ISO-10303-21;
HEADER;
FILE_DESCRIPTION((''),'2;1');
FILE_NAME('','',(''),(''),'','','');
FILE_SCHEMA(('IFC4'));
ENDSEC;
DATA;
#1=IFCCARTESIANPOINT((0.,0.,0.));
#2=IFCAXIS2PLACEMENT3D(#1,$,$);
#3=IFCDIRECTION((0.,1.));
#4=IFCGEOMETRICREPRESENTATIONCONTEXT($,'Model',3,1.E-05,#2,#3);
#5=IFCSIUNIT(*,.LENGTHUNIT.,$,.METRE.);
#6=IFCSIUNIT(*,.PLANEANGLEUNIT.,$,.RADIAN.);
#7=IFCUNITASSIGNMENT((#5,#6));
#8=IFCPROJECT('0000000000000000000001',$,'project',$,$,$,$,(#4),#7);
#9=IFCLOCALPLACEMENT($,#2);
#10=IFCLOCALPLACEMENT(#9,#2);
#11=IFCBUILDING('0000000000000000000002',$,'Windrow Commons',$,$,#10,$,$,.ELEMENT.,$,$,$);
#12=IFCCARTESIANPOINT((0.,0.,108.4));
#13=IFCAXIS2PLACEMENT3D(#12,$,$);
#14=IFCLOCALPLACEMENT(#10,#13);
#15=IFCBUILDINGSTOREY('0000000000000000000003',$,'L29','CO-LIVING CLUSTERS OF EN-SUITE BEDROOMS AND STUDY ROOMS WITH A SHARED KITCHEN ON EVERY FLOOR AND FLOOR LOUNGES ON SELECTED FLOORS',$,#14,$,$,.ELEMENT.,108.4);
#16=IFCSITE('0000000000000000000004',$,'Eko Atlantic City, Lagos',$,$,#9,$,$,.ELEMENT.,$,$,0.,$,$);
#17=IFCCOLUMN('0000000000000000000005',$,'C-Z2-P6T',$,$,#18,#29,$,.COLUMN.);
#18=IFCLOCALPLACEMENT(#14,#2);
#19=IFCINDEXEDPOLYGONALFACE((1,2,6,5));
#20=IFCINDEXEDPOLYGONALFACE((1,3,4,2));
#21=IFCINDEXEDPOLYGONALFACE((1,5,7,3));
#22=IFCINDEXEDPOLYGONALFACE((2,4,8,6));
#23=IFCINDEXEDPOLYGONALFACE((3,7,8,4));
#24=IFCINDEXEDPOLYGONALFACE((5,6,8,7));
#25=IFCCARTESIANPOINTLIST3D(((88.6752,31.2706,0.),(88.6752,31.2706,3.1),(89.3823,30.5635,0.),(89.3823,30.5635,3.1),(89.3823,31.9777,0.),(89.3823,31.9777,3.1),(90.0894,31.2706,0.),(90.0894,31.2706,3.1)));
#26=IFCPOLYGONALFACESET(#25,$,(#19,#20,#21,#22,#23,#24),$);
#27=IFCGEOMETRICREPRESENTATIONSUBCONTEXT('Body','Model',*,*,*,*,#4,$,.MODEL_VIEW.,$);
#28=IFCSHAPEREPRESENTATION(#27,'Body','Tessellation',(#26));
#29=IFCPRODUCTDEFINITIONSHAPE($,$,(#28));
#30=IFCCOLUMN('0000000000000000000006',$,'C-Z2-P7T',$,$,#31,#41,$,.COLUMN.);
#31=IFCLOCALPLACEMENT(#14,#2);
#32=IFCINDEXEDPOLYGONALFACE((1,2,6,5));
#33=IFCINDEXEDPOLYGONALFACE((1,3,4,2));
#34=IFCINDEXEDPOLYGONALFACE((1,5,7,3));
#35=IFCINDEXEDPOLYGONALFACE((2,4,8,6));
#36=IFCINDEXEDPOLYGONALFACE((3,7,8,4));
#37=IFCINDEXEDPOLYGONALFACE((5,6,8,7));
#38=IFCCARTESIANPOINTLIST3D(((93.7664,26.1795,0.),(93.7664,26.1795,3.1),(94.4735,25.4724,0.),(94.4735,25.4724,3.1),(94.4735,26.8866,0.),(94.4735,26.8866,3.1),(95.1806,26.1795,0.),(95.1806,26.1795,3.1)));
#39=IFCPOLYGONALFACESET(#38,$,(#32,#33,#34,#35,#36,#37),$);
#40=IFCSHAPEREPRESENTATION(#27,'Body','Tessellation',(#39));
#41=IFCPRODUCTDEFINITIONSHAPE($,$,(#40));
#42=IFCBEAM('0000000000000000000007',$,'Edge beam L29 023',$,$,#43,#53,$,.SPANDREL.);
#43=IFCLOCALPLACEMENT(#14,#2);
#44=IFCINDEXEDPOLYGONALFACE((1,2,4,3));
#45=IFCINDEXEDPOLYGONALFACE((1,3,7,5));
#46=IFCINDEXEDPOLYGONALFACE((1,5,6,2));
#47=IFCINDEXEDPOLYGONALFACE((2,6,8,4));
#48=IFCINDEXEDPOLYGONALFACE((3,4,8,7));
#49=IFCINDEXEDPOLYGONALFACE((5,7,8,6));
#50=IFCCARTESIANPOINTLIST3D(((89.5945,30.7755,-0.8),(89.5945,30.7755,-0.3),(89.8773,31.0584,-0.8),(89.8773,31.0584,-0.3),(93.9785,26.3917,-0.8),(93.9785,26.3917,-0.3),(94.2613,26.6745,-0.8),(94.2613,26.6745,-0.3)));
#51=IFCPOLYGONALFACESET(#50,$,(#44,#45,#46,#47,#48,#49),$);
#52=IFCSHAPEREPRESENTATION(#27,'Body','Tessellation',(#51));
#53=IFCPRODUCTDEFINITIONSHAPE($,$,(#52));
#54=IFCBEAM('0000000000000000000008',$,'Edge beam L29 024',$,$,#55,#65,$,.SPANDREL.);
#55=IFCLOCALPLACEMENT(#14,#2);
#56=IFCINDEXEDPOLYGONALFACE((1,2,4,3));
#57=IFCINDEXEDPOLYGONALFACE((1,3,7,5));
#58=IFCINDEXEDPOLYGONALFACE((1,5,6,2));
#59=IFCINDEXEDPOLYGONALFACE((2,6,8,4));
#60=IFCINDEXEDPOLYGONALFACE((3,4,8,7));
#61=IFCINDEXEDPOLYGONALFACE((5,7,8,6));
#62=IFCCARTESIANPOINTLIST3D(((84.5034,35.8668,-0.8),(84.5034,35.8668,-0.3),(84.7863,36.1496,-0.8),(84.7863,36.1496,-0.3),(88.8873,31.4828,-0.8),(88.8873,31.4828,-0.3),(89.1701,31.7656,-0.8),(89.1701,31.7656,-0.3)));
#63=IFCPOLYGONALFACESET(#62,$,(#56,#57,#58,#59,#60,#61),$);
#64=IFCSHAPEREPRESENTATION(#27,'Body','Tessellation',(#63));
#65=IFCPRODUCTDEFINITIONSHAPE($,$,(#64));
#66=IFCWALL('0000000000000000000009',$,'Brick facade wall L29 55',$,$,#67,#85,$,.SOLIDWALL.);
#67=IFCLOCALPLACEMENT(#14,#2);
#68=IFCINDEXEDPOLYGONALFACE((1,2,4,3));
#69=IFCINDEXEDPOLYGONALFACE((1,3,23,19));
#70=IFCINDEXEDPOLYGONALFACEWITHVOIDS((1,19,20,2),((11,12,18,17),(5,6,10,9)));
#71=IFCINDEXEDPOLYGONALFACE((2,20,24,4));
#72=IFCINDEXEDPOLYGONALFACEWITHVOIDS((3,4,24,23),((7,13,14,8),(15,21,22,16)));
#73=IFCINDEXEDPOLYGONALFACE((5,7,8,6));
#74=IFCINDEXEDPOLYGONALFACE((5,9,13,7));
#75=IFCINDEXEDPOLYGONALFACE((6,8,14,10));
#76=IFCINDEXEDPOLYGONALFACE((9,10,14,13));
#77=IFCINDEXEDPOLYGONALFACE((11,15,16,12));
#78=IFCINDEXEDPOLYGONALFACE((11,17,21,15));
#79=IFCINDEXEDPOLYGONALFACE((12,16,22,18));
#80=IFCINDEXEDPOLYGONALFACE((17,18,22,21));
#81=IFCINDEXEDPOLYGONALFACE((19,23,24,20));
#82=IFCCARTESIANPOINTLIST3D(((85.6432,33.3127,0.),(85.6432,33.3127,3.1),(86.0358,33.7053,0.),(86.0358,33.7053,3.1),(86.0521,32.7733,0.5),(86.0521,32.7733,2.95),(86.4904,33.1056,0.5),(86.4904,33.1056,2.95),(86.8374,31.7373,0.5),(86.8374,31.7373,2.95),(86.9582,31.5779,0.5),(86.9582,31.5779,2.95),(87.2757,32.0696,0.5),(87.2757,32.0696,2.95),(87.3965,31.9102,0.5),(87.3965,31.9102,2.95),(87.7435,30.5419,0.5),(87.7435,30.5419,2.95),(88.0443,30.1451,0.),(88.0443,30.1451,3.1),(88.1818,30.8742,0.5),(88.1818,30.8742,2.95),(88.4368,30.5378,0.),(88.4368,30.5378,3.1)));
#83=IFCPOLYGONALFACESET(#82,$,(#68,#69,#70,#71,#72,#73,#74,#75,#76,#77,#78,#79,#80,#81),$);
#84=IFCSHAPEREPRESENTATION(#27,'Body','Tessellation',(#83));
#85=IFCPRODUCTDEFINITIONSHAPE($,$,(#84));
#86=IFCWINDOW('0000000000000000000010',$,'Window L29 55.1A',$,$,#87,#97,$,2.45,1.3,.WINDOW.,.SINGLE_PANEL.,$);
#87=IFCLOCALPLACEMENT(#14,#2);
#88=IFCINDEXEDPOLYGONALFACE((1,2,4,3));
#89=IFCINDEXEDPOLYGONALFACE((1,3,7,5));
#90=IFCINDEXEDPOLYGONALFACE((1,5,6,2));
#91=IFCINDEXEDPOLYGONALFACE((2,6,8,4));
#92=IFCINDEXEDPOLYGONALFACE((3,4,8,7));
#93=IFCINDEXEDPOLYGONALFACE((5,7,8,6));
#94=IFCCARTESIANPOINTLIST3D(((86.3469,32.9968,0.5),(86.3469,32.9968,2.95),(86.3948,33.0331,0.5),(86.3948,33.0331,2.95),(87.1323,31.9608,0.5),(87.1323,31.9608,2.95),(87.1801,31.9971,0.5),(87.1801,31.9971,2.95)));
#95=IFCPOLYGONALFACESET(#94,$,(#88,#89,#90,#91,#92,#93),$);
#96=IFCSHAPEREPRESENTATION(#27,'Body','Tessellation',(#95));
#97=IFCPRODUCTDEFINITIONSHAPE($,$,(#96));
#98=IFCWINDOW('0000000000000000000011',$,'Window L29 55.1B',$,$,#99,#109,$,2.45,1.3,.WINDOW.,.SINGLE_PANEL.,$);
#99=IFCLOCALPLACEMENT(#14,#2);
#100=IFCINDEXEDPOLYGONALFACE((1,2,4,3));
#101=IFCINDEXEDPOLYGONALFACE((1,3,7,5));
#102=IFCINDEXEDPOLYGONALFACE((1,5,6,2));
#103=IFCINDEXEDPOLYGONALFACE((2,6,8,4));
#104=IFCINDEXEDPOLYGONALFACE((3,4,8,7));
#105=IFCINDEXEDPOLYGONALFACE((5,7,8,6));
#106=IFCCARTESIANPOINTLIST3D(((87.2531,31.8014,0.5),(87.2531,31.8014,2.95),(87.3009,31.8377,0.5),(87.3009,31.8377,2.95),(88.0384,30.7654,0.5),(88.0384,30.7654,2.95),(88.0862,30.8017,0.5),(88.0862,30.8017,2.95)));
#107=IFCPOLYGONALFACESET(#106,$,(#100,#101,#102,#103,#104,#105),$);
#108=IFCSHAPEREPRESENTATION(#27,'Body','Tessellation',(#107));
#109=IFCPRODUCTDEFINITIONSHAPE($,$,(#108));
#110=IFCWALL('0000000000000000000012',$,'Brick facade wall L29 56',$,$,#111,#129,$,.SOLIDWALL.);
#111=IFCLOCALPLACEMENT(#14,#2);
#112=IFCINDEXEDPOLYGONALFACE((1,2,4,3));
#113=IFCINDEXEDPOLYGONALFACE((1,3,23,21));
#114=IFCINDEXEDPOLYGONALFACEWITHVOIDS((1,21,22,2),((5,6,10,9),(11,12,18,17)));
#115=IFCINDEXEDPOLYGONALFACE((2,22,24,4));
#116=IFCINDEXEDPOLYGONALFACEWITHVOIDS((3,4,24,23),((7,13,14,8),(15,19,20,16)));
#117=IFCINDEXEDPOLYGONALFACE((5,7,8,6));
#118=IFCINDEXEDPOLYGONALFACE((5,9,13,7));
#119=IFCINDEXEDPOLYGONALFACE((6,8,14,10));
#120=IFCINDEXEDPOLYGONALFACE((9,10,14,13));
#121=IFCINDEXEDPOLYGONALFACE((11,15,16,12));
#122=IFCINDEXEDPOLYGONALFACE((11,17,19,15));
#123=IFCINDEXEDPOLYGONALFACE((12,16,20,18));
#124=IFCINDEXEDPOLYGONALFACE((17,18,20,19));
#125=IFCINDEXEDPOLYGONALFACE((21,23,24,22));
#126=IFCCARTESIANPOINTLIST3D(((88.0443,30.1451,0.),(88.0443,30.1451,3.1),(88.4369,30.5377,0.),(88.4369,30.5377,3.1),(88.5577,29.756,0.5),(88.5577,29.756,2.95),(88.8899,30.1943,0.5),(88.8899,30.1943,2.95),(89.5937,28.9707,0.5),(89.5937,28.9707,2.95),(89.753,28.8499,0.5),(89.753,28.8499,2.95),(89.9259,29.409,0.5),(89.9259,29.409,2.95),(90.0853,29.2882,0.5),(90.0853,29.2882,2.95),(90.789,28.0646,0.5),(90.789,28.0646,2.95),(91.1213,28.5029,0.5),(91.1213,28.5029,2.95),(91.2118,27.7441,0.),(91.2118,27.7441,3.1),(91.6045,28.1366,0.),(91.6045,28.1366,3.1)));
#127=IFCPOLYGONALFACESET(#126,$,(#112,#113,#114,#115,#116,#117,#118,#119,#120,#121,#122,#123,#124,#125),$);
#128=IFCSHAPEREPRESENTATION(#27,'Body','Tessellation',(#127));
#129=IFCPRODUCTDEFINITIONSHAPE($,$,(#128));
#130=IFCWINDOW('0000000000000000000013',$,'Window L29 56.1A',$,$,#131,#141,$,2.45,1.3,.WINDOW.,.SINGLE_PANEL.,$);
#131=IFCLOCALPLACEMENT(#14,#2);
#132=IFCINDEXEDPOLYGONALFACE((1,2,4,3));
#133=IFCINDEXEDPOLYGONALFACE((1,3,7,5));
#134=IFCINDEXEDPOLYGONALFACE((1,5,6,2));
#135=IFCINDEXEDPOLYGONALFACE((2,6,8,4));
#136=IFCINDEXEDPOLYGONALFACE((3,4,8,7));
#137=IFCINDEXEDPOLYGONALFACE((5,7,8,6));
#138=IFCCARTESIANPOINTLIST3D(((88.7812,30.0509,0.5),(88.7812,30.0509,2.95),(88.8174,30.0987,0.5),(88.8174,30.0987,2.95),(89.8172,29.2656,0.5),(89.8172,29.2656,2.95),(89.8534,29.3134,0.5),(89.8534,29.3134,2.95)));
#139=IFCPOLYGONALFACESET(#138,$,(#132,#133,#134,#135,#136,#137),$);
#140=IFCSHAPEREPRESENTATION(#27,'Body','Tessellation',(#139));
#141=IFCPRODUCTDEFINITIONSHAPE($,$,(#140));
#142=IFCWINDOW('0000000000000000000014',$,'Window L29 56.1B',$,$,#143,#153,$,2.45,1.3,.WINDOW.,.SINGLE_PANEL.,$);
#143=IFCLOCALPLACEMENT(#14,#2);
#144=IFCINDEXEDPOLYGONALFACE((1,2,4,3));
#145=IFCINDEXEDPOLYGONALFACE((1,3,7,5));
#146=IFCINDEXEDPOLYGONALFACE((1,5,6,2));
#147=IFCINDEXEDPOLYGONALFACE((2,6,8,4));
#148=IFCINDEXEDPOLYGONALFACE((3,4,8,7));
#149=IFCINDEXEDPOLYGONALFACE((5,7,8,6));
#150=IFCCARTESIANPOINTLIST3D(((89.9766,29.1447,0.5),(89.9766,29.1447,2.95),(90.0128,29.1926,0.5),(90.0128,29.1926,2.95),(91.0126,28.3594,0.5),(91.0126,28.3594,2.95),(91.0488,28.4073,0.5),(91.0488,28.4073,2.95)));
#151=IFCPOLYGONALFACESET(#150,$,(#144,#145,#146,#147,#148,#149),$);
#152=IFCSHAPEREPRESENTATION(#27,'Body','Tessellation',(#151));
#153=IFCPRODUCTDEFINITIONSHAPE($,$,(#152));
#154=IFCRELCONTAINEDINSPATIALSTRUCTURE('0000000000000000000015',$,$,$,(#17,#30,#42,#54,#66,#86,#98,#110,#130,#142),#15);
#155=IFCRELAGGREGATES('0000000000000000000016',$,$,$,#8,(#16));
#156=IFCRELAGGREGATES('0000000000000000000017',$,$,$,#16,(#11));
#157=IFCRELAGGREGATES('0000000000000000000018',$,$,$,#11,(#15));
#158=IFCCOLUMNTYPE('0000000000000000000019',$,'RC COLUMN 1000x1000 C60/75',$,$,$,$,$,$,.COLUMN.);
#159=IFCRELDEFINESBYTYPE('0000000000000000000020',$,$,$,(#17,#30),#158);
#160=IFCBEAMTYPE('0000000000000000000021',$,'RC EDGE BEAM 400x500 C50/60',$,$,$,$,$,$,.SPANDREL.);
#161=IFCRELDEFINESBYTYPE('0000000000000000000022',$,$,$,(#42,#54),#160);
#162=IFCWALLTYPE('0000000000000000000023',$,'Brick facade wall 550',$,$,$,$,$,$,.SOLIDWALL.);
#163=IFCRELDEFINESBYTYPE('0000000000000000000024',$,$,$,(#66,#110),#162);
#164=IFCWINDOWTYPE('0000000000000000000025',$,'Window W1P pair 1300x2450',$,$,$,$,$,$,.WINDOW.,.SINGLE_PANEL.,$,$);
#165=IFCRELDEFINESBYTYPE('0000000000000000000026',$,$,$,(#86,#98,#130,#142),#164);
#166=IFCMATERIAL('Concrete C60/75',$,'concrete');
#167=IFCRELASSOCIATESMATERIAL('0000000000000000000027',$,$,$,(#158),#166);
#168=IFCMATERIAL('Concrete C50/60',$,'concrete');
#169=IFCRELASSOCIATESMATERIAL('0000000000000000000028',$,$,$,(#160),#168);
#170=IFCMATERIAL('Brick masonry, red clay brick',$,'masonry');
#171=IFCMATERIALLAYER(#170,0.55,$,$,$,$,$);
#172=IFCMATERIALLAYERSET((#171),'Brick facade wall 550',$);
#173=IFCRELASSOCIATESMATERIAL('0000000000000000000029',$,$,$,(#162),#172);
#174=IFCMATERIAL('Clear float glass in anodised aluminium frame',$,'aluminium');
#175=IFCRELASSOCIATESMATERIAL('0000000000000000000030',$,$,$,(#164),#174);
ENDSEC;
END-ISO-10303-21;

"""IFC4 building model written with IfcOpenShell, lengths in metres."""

from ifc_helpers import new_model, si_unit, direction, frame, frame_2d, origin, origin_2d, place, context, subcontext, project, spatial, polyline, rectangle, outline, extrude, material, layer, layer_set, material_profile, profile_set, type_object, element, fill, save


model = new_model("IFC4")

# Units and contexts
model_context = context("Model", 3, precision=1e-05, world=origin(), true_north=direction((0.0, 1.0)))
body_context = subcontext(model_context, "Body", "Model", "MODEL_VIEW")
ifc_project = project(units=[si_unit("LENGTHUNIT", "METRE"), si_unit("PLANEANGLEUNIT", "RADIAN")], contexts=[model_context])

# Site, building, storey
site_placement = place(None, origin())
site = spatial("IfcSite", under=ifc_project, at=site_placement, Name="Eko Atlantic City, Lagos", CompositionType="ELEMENT", RefElevation=0.0)
building_placement = place(site_placement, origin())
building = spatial("IfcBuilding", under=site, at=building_placement, Name="Windrow Commons", CompositionType="ELEMENT")
storey_placement = place(building_placement, frame((0.0, 0.0, 108.4)))
storey = spatial("IfcBuildingStorey", under=building, at=storey_placement, Name="L29", Description="CO-LIVING CLUSTERS OF EN-SUITE BEDROOMS AND STUDY ROOMS WITH A SHARED KITCHEN ON EVERY FLOOR AND FLOOR LOUNGES ON SELECTED FLOORS", CompositionType="ELEMENT", Elevation=108.4)

# Columns
ifc_material_1 = material(Name="Concrete C60/75", Category="concrete")
ifc_material_profile_1 = material_profile(ifc_material_1, rectangle(XDim=1.0, YDim=1.0, at=origin_2d()))
ifc_profile_set_1 = profile_set([ifc_material_profile_1], Name="Concrete C60/75")
column_type = type_object("IfcColumnType", Name="RC COLUMN 1000x1000 C60/75", PredefinedType="COLUMN", material=ifc_profile_set_1)
for number, where, z_axis, x_axis, name in (
    (1, (89.3823, 31.2706, 0.0), (0.0, 0.0, 1.0), (0.707107, -0.707107, 0.0), "C-Z2-P6T"),
    (2, (94.4735, 26.1795, 0.0), (0.0, 0.0, 1.0), (0.707107, -0.707107, 0.0), "C-Z2-P7T"),
):
    element("IfcColumn", number, at=place(storey_placement, frame(where, z_axis=z_axis, x_axis=x_axis)), inside=storey, type_object=column_type, Name=name, PredefinedType="COLUMN", context=body_context, shape_type="SweptSolid", body=[
        extrude(rectangle(XDim=1.0, YDim=1.0, at=origin_2d()), origin(), (0.0, 0.0, 1.0), 3.1),
    ])

# Beams
ifc_material_2 = material(Name="Concrete C50/60", Category="concrete")
ifc_material_profile_2 = material_profile(ifc_material_2, rectangle(XDim=0.4, YDim=0.5, at=origin_2d()))
ifc_profile_set_2 = profile_set([ifc_material_profile_2], Name="Concrete C50/60")
beam_type = type_object("IfcBeamType", Name="RC EDGE BEAM 400x500 C50/60", PredefinedType="SPANDREL", material=ifc_profile_set_2)
for number, where, z_axis, x_axis, name in (
    (3, (94.1199, 26.5331, -0.55), (-0.707115, 0.707099, 0.0), (-0.707099, -0.707115, 0.0), "Edge beam L29 023"),
    (4, (89.0287, 31.6242, -0.55), (-0.707099, 0.707115, 0.0), (-0.707115, -0.707099, 0.0), "Edge beam L29 024"),
):
    element("IfcBeam", number, at=place(storey_placement, frame(where, z_axis=z_axis, x_axis=x_axis)), inside=storey, type_object=beam_type, Name=name, PredefinedType="SPANDREL", context=body_context, shape_type="SweptSolid", body=[
        extrude(rectangle(XDim=0.4, YDim=0.5, at=origin_2d()), origin(), (0.0, 0.0, 1.0), 6.1998),
    ])

# Walls, openings, windows
ifc_material_3 = material(Name="Brick masonry, red clay brick", Category="masonry")
ifc_layer_1 = layer(ifc_material_3, 0.55)
ifc_layer_set_1 = layer_set([ifc_layer_1], Name="Brick facade wall 550")
wall_type_1 = type_object("IfcWallType", Name="Brick facade wall 550", PredefinedType="SOLIDWALL", material=ifc_layer_set_1)
wall_1_placement = place(storey_placement, frame((85.8395, 33.509, 0.0), z_axis=(0.0, 0.0, 1.0), x_axis=(0.604082, -0.796922, 0.0)))
wall_1 = element("IfcWall", 5, at=wall_1_placement, inside=storey, type_object=wall_type_1, Name="Brick facade wall L29 55", PredefinedType="SOLIDWALL", context=body_context, shape_type="SweptSolid", body=[
    extrude(outline(polyline([(0.0379, -0.275), (4.0126, -0.275), (3.9368, 0.275), (-0.0379, 0.275), (0.0379, -0.275)])), origin(), (0.0, 0.0, 1.0), 3.1),
])
opening_1_placement = place(wall_1_placement, frame((0.7147, 0.0, 0.5)))
opening_1 = element("IfcOpeningElement", 6, at=opening_1_placement, cuts=wall_1, PredefinedType="OPENING", context=body_context, shape_type="SweptSolid", body=[
    extrude(rectangle(XDim=1.3, YDim=2.45, at=frame_2d((0.65, 1.225))), frame((0.0, 0.285, 0.0), z_axis=(0.0, -1.0, 0.0), x_axis=(1.0, 0.0, 0.0)), (0.0, 0.0, 1.0), 0.57),
])
opening_2_placement = place(wall_1_placement, frame((2.2147, 0.0, 0.5)))
opening_2 = element("IfcOpeningElement", 7, at=opening_2_placement, cuts=wall_1, PredefinedType="OPENING", context=body_context, shape_type="SweptSolid", body=[
    extrude(rectangle(XDim=1.3, YDim=2.45, at=frame_2d((0.65, 1.225))), frame((0.0, 0.285, 0.0), z_axis=(0.0, -1.0, 0.0), x_axis=(1.0, 0.0, 0.0)), (0.0, 0.0, 1.0), 0.57),
])
ifc_material_4 = material(Name="Clear float glass in anodised aluminium frame", Category="aluminium")
window_type_1 = type_object("IfcWindowType", Name="Window W1P pair 1300x2450", PartitioningType="SINGLE_PANEL", PredefinedType="WINDOW", material=ifc_material_4)
window_1_placement = place(opening_1_placement, origin())
window_1 = element("IfcWindow", 8, at=window_1_placement, inside=storey, type_object=window_type_1, Name="Window L29 55.1A", OverallHeight=2.45, OverallWidth=1.3, PartitioningType="SINGLE_PANEL", PredefinedType="WINDOW", context=body_context, shape_type="SweptSolid", body=[
    extrude(rectangle(XDim=1.3, YDim=2.45, at=frame_2d((0.65, 1.225))), frame((0.0, 0.155, 0.0), z_axis=(0.0, -1.0, 0.0), x_axis=(1.0, 0.0, 0.0)), (0.0, 0.0, 1.0), 0.06),
])
fill(opening_1, window_1)
window_2_placement = place(opening_2_placement, origin())
window_2 = element("IfcWindow", 9, at=window_2_placement, inside=storey, type_object=window_type_1, Name="Window L29 55.1B", OverallHeight=2.45, OverallWidth=1.3, PartitioningType="SINGLE_PANEL", PredefinedType="WINDOW", context=body_context, shape_type="SweptSolid", body=[
    extrude(rectangle(XDim=1.3, YDim=2.45, at=frame_2d((0.65, 1.225))), frame((0.0, 0.155, 0.0), z_axis=(0.0, -1.0, 0.0), x_axis=(1.0, 0.0, 0.0)), (0.0, 0.0, 1.0), 0.06),
])
fill(opening_2, window_2)
wall_2_placement = place(storey_placement, frame((88.2406, 30.3414, 0.0), z_axis=(0.0, 0.0, 1.0), x_axis=(0.796925, -0.604078, 0.0)))
wall_2 = element("IfcWall", 10, at=wall_2_placement, inside=storey, type_object=wall_type_1, Name="Brick facade wall L29 56", PredefinedType="SOLIDWALL", context=body_context, shape_type="SweptSolid", body=[
    extrude(outline(polyline([(-0.0379, -0.275), (3.9368, -0.275), (4.0126, 0.275), (0.0379, 0.275), (-0.0379, -0.275)])), origin(), (0.0, 0.0, 1.0), 3.1),
])
opening_3_placement = place(wall_2_placement, frame((0.6063, 0.0, 0.5)))
opening_3 = element("IfcOpeningElement", 11, at=opening_3_placement, cuts=wall_2, PredefinedType="OPENING", context=body_context, shape_type="SweptSolid", body=[
    extrude(rectangle(XDim=1.3, YDim=2.45, at=frame_2d((0.65, 1.225))), frame((0.0, 0.285, 0.0), z_axis=(0.0, -1.0, 0.0), x_axis=(1.0, 0.0, 0.0)), (0.0, 0.0, 1.0), 0.57),
])
opening_4_placement = place(wall_2_placement, frame((2.1063, 0.0, 0.5)))
opening_4 = element("IfcOpeningElement", 12, at=opening_4_placement, cuts=wall_2, PredefinedType="OPENING", context=body_context, shape_type="SweptSolid", body=[
    extrude(rectangle(XDim=1.3, YDim=2.45, at=frame_2d((0.65, 1.225))), frame((0.0, 0.285, 0.0), z_axis=(0.0, -1.0, 0.0), x_axis=(1.0, 0.0, 0.0)), (0.0, 0.0, 1.0), 0.57),
])
window_3_placement = place(opening_3_placement, origin())
window_3 = element("IfcWindow", 13, at=window_3_placement, inside=storey, type_object=window_type_1, Name="Window L29 56.1A", OverallHeight=2.45, OverallWidth=1.3, PartitioningType="SINGLE_PANEL", PredefinedType="WINDOW", context=body_context, shape_type="SweptSolid", body=[
    extrude(rectangle(XDim=1.3, YDim=2.45, at=frame_2d((0.65, 1.225))), frame((0.0, 0.155, 0.0), z_axis=(0.0, -1.0, 0.0), x_axis=(1.0, 0.0, 0.0)), (0.0, 0.0, 1.0), 0.06),
])
fill(opening_3, window_3)
window_4_placement = place(opening_4_placement, origin())
window_4 = element("IfcWindow", 14, at=window_4_placement, inside=storey, type_object=window_type_1, Name="Window L29 56.1B", OverallHeight=2.45, OverallWidth=1.3, PartitioningType="SINGLE_PANEL", PredefinedType="WINDOW", context=body_context, shape_type="SweptSolid", body=[
    extrude(rectangle(XDim=1.3, YDim=2.45, at=frame_2d((0.65, 1.225))), frame((0.0, 0.155, 0.0), z_axis=(0.0, -1.0, 0.0), x_axis=(1.0, 0.0, 0.0)), (0.0, 0.0, 1.0), 0.06),
])
fill(opening_4, window_4)

save(model, "model.ifc")
